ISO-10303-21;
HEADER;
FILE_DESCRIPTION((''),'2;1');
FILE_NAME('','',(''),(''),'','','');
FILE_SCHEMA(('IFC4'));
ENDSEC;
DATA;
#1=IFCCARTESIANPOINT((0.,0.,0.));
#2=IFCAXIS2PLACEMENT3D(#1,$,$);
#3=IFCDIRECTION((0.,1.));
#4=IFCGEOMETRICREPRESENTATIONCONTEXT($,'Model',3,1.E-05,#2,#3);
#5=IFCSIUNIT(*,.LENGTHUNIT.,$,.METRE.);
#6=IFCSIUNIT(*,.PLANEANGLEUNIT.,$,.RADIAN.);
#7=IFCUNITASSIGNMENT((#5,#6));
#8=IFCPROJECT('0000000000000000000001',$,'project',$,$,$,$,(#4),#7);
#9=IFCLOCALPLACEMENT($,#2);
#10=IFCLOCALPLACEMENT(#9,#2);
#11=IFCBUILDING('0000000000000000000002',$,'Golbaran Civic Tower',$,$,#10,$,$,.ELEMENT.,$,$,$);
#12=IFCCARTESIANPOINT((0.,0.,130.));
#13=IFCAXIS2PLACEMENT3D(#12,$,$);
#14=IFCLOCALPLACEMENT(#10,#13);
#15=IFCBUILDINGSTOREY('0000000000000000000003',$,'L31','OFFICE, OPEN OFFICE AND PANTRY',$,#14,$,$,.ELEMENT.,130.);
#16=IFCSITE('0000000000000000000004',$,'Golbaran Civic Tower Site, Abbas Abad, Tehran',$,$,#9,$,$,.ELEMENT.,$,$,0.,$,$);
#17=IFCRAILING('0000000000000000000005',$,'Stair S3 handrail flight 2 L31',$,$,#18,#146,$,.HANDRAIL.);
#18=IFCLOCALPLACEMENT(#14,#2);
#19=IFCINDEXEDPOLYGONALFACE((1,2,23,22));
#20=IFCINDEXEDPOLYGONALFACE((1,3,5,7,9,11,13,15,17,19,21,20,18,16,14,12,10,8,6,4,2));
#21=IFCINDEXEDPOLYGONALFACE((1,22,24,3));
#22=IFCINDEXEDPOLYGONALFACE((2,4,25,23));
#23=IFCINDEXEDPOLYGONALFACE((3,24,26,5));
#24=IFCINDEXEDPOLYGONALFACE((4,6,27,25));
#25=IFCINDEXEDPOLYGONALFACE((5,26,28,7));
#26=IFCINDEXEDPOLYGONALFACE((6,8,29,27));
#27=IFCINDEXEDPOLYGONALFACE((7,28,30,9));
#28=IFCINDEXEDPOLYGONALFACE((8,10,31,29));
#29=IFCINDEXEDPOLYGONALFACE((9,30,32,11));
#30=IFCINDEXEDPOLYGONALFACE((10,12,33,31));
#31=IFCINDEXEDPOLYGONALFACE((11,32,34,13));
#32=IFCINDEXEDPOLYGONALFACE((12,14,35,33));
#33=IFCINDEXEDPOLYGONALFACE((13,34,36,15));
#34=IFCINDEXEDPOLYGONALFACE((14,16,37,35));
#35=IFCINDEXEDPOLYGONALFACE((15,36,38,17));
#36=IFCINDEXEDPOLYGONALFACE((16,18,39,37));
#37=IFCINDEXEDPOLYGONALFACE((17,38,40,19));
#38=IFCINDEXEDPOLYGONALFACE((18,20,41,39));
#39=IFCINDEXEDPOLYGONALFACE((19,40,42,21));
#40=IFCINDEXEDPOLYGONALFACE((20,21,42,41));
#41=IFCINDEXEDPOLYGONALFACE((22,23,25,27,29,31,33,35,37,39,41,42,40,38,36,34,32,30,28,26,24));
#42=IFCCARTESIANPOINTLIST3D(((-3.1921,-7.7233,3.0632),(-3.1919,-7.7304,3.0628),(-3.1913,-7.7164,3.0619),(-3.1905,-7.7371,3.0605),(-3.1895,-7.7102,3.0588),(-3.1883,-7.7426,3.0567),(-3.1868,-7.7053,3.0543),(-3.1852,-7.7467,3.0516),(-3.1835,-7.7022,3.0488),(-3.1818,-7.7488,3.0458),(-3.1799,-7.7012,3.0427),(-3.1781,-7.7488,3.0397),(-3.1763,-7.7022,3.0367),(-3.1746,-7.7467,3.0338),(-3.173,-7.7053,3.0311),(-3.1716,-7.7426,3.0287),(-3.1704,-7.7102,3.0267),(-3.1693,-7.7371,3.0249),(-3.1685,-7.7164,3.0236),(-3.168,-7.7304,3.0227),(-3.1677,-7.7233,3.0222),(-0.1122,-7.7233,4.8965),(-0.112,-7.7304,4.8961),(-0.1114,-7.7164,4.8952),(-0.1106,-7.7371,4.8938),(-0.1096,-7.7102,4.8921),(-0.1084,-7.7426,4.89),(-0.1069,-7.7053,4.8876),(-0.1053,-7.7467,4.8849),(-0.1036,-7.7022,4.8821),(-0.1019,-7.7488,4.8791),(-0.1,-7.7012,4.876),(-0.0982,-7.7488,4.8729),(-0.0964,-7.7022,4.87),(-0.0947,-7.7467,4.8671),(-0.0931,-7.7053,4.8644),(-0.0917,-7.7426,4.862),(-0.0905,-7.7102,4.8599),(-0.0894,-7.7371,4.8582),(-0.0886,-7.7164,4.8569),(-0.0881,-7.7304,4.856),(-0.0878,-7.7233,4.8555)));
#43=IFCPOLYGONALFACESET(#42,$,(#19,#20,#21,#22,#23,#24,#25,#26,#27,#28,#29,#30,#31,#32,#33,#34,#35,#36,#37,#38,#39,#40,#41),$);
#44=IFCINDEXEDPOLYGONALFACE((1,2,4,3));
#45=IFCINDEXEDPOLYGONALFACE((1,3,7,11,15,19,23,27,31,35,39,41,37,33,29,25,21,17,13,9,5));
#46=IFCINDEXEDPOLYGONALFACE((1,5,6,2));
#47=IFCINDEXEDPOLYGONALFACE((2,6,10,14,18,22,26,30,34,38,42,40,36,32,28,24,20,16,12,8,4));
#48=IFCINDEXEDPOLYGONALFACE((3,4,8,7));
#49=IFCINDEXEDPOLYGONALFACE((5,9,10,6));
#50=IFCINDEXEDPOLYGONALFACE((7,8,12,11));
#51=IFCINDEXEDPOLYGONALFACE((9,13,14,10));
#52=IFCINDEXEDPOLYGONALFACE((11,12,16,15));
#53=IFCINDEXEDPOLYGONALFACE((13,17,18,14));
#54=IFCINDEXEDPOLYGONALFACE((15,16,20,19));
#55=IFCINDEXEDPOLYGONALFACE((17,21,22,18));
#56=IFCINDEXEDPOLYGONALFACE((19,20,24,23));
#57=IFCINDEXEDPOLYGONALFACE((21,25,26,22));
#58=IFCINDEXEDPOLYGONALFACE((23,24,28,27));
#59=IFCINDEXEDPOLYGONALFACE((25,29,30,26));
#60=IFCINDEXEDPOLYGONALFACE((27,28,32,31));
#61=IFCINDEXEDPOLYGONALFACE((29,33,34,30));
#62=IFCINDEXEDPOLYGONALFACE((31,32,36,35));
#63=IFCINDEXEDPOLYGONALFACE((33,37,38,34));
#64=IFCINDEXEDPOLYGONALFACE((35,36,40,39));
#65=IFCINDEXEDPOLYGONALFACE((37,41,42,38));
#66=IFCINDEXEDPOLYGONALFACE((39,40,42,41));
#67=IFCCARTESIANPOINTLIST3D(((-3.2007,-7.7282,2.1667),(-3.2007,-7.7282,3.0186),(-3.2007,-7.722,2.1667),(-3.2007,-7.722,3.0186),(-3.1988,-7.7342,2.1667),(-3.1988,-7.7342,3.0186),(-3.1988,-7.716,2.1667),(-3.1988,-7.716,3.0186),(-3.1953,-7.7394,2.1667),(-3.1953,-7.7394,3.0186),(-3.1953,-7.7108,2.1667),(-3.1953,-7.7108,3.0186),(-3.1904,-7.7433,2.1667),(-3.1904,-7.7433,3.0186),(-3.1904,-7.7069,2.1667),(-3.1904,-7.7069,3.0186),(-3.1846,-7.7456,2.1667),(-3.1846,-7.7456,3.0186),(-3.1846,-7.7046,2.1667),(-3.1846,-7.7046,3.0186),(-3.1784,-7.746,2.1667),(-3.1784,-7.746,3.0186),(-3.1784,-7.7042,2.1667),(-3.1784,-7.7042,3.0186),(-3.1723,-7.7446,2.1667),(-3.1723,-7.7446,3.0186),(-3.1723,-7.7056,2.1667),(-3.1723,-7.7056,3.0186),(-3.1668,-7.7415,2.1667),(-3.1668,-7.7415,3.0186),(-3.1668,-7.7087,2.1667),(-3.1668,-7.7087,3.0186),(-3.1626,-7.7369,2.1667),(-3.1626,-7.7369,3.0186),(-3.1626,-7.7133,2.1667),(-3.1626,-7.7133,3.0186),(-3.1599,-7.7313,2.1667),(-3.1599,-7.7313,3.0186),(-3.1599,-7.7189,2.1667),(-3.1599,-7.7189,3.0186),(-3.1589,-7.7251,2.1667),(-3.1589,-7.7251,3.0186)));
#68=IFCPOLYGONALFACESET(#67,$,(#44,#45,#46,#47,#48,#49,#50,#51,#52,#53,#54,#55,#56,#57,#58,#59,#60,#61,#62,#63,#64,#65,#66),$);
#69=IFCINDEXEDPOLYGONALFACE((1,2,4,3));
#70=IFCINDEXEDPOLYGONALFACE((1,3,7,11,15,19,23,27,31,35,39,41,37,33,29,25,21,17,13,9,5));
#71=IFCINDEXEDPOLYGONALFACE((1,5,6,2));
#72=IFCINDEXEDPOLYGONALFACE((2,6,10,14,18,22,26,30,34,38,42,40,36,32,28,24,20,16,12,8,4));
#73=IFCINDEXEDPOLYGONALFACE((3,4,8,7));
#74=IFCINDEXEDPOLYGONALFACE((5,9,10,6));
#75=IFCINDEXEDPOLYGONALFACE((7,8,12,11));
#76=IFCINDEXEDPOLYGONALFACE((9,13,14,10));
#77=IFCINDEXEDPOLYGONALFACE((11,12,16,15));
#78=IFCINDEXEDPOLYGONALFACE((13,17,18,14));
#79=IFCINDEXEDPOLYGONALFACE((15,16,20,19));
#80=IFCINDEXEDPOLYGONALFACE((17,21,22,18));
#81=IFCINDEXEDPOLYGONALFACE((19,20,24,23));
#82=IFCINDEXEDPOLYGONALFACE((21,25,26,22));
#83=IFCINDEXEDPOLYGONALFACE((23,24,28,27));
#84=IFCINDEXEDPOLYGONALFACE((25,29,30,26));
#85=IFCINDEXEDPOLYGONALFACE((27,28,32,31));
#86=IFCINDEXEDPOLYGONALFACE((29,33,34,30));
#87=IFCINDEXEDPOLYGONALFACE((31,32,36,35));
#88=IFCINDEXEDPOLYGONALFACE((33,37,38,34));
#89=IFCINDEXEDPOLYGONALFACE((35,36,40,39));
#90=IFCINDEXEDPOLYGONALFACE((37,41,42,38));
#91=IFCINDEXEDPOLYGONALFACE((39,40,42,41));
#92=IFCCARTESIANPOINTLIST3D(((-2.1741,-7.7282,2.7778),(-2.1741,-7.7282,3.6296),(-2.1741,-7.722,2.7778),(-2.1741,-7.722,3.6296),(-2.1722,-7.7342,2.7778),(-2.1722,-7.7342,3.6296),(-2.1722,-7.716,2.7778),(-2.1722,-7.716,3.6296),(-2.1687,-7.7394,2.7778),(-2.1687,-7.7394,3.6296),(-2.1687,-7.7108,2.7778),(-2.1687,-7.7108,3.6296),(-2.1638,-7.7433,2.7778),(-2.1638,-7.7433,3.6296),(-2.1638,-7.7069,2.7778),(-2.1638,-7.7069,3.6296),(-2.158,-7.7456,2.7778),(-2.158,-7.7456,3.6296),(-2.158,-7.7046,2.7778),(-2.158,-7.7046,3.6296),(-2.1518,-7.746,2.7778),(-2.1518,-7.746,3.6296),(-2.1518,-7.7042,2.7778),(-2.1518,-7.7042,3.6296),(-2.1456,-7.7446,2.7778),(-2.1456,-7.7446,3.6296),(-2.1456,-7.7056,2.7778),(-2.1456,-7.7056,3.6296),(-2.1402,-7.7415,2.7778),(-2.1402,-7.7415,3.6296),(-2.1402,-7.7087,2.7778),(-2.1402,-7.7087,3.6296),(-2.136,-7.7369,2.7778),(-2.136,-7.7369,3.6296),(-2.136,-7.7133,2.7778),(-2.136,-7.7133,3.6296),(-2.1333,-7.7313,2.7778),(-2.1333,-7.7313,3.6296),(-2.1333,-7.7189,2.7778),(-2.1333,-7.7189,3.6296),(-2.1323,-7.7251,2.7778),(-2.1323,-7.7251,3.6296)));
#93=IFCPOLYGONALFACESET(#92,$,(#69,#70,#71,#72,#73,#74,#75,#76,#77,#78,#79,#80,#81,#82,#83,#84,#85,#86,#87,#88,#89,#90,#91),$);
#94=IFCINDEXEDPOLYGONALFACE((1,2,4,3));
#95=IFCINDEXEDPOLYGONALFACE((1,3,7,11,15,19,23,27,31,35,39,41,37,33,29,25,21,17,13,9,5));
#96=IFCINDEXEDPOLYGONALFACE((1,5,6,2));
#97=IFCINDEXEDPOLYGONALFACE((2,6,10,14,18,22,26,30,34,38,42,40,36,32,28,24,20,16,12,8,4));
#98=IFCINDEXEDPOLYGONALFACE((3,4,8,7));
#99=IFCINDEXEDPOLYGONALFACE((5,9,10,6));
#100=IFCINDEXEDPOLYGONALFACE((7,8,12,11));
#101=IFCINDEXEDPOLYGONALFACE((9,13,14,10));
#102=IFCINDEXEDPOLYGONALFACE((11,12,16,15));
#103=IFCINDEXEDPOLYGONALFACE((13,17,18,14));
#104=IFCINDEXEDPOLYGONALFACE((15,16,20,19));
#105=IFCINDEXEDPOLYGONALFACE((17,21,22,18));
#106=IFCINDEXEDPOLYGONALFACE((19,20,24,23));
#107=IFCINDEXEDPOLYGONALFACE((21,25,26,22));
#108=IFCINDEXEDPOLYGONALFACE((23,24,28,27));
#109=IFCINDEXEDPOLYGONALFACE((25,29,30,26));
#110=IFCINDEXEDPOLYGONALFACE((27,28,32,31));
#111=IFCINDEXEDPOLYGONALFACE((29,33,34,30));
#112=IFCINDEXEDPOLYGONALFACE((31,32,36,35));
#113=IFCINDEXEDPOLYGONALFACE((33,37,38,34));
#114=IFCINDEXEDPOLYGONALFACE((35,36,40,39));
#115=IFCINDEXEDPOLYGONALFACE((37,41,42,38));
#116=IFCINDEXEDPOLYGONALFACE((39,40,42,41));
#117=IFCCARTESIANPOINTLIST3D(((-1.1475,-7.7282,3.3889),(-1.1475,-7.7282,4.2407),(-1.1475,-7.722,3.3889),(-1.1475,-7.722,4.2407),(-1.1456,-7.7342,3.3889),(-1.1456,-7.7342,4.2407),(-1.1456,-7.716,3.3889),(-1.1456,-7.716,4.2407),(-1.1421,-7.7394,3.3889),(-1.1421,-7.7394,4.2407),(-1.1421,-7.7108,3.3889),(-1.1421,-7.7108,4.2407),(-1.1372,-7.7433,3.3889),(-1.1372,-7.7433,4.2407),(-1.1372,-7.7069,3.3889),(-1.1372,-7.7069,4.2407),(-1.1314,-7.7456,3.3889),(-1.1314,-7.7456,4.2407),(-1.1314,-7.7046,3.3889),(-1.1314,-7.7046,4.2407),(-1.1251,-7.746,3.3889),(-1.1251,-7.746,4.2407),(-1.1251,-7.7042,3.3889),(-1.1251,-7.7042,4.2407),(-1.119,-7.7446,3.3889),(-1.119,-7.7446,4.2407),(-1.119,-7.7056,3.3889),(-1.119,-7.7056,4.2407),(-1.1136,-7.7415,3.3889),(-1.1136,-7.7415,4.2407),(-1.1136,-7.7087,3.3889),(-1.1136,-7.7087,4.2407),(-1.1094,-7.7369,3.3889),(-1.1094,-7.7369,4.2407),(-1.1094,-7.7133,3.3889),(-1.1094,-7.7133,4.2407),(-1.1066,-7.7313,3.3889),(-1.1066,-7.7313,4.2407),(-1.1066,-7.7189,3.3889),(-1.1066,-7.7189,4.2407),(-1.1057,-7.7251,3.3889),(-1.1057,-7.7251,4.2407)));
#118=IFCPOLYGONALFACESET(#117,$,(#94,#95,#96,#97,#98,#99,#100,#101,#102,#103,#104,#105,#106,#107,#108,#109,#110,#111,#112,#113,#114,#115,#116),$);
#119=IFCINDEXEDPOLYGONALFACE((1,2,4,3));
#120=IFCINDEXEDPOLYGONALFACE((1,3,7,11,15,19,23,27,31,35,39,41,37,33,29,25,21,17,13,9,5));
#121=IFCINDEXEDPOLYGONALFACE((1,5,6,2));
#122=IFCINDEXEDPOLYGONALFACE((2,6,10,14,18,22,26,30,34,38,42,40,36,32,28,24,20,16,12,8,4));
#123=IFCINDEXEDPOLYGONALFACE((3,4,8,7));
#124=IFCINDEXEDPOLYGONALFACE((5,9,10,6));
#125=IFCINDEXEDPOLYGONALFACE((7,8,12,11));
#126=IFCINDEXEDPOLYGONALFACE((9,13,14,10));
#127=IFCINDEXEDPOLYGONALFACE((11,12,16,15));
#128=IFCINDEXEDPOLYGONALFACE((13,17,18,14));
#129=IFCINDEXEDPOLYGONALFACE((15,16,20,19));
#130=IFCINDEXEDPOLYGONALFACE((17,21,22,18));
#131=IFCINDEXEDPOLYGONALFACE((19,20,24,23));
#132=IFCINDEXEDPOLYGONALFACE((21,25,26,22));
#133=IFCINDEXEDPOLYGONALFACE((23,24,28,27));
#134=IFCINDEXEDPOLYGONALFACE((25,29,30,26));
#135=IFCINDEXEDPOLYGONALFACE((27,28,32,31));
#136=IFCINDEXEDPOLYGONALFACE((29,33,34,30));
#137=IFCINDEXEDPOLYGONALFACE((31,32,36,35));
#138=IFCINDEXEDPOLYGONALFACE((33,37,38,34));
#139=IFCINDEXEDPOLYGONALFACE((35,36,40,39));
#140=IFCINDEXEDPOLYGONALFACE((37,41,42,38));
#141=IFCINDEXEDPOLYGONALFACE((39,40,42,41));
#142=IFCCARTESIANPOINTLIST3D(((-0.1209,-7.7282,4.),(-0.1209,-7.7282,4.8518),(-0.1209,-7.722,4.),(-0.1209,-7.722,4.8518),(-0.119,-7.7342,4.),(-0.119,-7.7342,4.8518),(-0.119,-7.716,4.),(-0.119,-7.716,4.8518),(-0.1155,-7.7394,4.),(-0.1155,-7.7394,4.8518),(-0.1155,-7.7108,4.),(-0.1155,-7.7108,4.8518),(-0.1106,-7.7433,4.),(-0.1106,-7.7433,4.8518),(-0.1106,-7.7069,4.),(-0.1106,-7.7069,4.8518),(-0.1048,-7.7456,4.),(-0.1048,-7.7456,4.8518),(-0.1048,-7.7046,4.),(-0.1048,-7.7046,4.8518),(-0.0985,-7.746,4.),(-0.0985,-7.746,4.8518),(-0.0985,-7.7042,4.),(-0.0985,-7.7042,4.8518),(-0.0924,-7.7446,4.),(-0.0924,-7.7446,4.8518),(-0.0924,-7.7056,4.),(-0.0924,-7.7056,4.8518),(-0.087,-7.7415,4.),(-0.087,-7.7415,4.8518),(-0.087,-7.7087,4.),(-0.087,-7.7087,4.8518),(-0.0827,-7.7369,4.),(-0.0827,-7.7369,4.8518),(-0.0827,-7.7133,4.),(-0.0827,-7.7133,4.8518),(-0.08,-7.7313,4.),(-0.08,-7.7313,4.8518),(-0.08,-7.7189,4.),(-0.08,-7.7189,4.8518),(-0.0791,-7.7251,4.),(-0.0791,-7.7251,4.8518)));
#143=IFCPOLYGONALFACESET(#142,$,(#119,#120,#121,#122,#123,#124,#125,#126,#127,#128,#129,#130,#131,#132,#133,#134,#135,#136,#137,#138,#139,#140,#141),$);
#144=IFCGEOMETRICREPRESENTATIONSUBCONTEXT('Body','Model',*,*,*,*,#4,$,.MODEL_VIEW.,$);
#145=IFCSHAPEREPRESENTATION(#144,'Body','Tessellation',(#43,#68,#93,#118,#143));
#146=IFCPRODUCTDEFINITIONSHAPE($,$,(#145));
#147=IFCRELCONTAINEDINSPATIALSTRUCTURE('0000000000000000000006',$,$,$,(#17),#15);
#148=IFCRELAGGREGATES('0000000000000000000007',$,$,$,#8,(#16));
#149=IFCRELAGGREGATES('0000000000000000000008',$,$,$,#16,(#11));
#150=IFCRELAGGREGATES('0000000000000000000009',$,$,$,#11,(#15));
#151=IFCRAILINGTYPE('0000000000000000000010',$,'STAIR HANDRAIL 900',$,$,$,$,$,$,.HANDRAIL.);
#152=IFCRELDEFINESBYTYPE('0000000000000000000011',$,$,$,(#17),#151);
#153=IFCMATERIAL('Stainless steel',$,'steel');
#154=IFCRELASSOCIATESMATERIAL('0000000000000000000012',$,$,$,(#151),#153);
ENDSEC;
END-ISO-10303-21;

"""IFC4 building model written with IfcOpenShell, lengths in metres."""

from ifc_helpers import new_model, si_unit, direction, frame, origin, origin_2d, place, context, subcontext, project, spatial, circle, extrude, material, type_object, element, save


model = new_model("IFC4")

# Units and contexts
model_context = context("Model", 3, precision=1e-05, world=origin(), true_north=direction((0.0, 1.0)))
body_context = subcontext(model_context, "Body", "Model", "MODEL_VIEW")
ifc_project = project(units=[si_unit("LENGTHUNIT", "METRE"), si_unit("PLANEANGLEUNIT", "RADIAN")], contexts=[model_context])

# Site, building, storey
site_placement = place(None, origin())
site = spatial("IfcSite", under=ifc_project, at=site_placement, Name="Golbaran Civic Tower Site, Abbas Abad, Tehran", CompositionType="ELEMENT", RefElevation=0.0)
building_placement = place(site_placement, origin())
building = spatial("IfcBuilding", under=site, at=building_placement, Name="Golbaran Civic Tower", CompositionType="ELEMENT")
storey_placement = place(building_placement, frame((0.0, 0.0, 130.0)))
storey = spatial("IfcBuildingStorey", under=building, at=storey_placement, Name="L31", Description="OFFICE, OPEN OFFICE AND PANTRY", CompositionType="ELEMENT", Elevation=130.0)

# Shared definitions
ifc_material_1 = material(Name="Stainless steel", Category="steel")

# Railing
railing_type = type_object("IfcRailingType", Name="STAIR HANDRAIL 900", PredefinedType="HANDRAIL", material=ifc_material_1)
railing_1_placement = place(storey_placement, frame((-3.1799, -7.7251, 2.1667)))
element("IfcRailing", 1, at=railing_1_placement, inside=storey, type_object=railing_type, Name="Stair S3 handrail flight 2 L31", PredefinedType="HANDRAIL", context=body_context, shape_type="SweptSolid", body=[
    extrude(circle(Radius=0.0239, at=origin_2d()), frame((0.0, 0.0, 0.876), z_axis=(0.859291, 0.0, 0.511487), x_axis=(0.0, 1.0, 0.0)), (0.0, 0.0, 1.0), 3.5842),
    extrude(circle(Radius=0.021, at=origin_2d()), origin(), (0.0, 0.0, 1.0), 0.8518),
    extrude(circle(Radius=0.021, at=origin_2d()), frame((1.0266, 0.0, 0.6111)), (0.0, 0.0, 1.0), 0.8518),
    extrude(circle(Radius=0.021, at=origin_2d()), frame((2.0532, 0.0, 1.2222)), (0.0, 0.0, 1.0), 0.8518),
    extrude(circle(Radius=0.021, at=origin_2d()), frame((3.0798, 0.0, 1.8333)), (0.0, 0.0, 1.0), 0.8518),
])

save(model, "model.ifc")
